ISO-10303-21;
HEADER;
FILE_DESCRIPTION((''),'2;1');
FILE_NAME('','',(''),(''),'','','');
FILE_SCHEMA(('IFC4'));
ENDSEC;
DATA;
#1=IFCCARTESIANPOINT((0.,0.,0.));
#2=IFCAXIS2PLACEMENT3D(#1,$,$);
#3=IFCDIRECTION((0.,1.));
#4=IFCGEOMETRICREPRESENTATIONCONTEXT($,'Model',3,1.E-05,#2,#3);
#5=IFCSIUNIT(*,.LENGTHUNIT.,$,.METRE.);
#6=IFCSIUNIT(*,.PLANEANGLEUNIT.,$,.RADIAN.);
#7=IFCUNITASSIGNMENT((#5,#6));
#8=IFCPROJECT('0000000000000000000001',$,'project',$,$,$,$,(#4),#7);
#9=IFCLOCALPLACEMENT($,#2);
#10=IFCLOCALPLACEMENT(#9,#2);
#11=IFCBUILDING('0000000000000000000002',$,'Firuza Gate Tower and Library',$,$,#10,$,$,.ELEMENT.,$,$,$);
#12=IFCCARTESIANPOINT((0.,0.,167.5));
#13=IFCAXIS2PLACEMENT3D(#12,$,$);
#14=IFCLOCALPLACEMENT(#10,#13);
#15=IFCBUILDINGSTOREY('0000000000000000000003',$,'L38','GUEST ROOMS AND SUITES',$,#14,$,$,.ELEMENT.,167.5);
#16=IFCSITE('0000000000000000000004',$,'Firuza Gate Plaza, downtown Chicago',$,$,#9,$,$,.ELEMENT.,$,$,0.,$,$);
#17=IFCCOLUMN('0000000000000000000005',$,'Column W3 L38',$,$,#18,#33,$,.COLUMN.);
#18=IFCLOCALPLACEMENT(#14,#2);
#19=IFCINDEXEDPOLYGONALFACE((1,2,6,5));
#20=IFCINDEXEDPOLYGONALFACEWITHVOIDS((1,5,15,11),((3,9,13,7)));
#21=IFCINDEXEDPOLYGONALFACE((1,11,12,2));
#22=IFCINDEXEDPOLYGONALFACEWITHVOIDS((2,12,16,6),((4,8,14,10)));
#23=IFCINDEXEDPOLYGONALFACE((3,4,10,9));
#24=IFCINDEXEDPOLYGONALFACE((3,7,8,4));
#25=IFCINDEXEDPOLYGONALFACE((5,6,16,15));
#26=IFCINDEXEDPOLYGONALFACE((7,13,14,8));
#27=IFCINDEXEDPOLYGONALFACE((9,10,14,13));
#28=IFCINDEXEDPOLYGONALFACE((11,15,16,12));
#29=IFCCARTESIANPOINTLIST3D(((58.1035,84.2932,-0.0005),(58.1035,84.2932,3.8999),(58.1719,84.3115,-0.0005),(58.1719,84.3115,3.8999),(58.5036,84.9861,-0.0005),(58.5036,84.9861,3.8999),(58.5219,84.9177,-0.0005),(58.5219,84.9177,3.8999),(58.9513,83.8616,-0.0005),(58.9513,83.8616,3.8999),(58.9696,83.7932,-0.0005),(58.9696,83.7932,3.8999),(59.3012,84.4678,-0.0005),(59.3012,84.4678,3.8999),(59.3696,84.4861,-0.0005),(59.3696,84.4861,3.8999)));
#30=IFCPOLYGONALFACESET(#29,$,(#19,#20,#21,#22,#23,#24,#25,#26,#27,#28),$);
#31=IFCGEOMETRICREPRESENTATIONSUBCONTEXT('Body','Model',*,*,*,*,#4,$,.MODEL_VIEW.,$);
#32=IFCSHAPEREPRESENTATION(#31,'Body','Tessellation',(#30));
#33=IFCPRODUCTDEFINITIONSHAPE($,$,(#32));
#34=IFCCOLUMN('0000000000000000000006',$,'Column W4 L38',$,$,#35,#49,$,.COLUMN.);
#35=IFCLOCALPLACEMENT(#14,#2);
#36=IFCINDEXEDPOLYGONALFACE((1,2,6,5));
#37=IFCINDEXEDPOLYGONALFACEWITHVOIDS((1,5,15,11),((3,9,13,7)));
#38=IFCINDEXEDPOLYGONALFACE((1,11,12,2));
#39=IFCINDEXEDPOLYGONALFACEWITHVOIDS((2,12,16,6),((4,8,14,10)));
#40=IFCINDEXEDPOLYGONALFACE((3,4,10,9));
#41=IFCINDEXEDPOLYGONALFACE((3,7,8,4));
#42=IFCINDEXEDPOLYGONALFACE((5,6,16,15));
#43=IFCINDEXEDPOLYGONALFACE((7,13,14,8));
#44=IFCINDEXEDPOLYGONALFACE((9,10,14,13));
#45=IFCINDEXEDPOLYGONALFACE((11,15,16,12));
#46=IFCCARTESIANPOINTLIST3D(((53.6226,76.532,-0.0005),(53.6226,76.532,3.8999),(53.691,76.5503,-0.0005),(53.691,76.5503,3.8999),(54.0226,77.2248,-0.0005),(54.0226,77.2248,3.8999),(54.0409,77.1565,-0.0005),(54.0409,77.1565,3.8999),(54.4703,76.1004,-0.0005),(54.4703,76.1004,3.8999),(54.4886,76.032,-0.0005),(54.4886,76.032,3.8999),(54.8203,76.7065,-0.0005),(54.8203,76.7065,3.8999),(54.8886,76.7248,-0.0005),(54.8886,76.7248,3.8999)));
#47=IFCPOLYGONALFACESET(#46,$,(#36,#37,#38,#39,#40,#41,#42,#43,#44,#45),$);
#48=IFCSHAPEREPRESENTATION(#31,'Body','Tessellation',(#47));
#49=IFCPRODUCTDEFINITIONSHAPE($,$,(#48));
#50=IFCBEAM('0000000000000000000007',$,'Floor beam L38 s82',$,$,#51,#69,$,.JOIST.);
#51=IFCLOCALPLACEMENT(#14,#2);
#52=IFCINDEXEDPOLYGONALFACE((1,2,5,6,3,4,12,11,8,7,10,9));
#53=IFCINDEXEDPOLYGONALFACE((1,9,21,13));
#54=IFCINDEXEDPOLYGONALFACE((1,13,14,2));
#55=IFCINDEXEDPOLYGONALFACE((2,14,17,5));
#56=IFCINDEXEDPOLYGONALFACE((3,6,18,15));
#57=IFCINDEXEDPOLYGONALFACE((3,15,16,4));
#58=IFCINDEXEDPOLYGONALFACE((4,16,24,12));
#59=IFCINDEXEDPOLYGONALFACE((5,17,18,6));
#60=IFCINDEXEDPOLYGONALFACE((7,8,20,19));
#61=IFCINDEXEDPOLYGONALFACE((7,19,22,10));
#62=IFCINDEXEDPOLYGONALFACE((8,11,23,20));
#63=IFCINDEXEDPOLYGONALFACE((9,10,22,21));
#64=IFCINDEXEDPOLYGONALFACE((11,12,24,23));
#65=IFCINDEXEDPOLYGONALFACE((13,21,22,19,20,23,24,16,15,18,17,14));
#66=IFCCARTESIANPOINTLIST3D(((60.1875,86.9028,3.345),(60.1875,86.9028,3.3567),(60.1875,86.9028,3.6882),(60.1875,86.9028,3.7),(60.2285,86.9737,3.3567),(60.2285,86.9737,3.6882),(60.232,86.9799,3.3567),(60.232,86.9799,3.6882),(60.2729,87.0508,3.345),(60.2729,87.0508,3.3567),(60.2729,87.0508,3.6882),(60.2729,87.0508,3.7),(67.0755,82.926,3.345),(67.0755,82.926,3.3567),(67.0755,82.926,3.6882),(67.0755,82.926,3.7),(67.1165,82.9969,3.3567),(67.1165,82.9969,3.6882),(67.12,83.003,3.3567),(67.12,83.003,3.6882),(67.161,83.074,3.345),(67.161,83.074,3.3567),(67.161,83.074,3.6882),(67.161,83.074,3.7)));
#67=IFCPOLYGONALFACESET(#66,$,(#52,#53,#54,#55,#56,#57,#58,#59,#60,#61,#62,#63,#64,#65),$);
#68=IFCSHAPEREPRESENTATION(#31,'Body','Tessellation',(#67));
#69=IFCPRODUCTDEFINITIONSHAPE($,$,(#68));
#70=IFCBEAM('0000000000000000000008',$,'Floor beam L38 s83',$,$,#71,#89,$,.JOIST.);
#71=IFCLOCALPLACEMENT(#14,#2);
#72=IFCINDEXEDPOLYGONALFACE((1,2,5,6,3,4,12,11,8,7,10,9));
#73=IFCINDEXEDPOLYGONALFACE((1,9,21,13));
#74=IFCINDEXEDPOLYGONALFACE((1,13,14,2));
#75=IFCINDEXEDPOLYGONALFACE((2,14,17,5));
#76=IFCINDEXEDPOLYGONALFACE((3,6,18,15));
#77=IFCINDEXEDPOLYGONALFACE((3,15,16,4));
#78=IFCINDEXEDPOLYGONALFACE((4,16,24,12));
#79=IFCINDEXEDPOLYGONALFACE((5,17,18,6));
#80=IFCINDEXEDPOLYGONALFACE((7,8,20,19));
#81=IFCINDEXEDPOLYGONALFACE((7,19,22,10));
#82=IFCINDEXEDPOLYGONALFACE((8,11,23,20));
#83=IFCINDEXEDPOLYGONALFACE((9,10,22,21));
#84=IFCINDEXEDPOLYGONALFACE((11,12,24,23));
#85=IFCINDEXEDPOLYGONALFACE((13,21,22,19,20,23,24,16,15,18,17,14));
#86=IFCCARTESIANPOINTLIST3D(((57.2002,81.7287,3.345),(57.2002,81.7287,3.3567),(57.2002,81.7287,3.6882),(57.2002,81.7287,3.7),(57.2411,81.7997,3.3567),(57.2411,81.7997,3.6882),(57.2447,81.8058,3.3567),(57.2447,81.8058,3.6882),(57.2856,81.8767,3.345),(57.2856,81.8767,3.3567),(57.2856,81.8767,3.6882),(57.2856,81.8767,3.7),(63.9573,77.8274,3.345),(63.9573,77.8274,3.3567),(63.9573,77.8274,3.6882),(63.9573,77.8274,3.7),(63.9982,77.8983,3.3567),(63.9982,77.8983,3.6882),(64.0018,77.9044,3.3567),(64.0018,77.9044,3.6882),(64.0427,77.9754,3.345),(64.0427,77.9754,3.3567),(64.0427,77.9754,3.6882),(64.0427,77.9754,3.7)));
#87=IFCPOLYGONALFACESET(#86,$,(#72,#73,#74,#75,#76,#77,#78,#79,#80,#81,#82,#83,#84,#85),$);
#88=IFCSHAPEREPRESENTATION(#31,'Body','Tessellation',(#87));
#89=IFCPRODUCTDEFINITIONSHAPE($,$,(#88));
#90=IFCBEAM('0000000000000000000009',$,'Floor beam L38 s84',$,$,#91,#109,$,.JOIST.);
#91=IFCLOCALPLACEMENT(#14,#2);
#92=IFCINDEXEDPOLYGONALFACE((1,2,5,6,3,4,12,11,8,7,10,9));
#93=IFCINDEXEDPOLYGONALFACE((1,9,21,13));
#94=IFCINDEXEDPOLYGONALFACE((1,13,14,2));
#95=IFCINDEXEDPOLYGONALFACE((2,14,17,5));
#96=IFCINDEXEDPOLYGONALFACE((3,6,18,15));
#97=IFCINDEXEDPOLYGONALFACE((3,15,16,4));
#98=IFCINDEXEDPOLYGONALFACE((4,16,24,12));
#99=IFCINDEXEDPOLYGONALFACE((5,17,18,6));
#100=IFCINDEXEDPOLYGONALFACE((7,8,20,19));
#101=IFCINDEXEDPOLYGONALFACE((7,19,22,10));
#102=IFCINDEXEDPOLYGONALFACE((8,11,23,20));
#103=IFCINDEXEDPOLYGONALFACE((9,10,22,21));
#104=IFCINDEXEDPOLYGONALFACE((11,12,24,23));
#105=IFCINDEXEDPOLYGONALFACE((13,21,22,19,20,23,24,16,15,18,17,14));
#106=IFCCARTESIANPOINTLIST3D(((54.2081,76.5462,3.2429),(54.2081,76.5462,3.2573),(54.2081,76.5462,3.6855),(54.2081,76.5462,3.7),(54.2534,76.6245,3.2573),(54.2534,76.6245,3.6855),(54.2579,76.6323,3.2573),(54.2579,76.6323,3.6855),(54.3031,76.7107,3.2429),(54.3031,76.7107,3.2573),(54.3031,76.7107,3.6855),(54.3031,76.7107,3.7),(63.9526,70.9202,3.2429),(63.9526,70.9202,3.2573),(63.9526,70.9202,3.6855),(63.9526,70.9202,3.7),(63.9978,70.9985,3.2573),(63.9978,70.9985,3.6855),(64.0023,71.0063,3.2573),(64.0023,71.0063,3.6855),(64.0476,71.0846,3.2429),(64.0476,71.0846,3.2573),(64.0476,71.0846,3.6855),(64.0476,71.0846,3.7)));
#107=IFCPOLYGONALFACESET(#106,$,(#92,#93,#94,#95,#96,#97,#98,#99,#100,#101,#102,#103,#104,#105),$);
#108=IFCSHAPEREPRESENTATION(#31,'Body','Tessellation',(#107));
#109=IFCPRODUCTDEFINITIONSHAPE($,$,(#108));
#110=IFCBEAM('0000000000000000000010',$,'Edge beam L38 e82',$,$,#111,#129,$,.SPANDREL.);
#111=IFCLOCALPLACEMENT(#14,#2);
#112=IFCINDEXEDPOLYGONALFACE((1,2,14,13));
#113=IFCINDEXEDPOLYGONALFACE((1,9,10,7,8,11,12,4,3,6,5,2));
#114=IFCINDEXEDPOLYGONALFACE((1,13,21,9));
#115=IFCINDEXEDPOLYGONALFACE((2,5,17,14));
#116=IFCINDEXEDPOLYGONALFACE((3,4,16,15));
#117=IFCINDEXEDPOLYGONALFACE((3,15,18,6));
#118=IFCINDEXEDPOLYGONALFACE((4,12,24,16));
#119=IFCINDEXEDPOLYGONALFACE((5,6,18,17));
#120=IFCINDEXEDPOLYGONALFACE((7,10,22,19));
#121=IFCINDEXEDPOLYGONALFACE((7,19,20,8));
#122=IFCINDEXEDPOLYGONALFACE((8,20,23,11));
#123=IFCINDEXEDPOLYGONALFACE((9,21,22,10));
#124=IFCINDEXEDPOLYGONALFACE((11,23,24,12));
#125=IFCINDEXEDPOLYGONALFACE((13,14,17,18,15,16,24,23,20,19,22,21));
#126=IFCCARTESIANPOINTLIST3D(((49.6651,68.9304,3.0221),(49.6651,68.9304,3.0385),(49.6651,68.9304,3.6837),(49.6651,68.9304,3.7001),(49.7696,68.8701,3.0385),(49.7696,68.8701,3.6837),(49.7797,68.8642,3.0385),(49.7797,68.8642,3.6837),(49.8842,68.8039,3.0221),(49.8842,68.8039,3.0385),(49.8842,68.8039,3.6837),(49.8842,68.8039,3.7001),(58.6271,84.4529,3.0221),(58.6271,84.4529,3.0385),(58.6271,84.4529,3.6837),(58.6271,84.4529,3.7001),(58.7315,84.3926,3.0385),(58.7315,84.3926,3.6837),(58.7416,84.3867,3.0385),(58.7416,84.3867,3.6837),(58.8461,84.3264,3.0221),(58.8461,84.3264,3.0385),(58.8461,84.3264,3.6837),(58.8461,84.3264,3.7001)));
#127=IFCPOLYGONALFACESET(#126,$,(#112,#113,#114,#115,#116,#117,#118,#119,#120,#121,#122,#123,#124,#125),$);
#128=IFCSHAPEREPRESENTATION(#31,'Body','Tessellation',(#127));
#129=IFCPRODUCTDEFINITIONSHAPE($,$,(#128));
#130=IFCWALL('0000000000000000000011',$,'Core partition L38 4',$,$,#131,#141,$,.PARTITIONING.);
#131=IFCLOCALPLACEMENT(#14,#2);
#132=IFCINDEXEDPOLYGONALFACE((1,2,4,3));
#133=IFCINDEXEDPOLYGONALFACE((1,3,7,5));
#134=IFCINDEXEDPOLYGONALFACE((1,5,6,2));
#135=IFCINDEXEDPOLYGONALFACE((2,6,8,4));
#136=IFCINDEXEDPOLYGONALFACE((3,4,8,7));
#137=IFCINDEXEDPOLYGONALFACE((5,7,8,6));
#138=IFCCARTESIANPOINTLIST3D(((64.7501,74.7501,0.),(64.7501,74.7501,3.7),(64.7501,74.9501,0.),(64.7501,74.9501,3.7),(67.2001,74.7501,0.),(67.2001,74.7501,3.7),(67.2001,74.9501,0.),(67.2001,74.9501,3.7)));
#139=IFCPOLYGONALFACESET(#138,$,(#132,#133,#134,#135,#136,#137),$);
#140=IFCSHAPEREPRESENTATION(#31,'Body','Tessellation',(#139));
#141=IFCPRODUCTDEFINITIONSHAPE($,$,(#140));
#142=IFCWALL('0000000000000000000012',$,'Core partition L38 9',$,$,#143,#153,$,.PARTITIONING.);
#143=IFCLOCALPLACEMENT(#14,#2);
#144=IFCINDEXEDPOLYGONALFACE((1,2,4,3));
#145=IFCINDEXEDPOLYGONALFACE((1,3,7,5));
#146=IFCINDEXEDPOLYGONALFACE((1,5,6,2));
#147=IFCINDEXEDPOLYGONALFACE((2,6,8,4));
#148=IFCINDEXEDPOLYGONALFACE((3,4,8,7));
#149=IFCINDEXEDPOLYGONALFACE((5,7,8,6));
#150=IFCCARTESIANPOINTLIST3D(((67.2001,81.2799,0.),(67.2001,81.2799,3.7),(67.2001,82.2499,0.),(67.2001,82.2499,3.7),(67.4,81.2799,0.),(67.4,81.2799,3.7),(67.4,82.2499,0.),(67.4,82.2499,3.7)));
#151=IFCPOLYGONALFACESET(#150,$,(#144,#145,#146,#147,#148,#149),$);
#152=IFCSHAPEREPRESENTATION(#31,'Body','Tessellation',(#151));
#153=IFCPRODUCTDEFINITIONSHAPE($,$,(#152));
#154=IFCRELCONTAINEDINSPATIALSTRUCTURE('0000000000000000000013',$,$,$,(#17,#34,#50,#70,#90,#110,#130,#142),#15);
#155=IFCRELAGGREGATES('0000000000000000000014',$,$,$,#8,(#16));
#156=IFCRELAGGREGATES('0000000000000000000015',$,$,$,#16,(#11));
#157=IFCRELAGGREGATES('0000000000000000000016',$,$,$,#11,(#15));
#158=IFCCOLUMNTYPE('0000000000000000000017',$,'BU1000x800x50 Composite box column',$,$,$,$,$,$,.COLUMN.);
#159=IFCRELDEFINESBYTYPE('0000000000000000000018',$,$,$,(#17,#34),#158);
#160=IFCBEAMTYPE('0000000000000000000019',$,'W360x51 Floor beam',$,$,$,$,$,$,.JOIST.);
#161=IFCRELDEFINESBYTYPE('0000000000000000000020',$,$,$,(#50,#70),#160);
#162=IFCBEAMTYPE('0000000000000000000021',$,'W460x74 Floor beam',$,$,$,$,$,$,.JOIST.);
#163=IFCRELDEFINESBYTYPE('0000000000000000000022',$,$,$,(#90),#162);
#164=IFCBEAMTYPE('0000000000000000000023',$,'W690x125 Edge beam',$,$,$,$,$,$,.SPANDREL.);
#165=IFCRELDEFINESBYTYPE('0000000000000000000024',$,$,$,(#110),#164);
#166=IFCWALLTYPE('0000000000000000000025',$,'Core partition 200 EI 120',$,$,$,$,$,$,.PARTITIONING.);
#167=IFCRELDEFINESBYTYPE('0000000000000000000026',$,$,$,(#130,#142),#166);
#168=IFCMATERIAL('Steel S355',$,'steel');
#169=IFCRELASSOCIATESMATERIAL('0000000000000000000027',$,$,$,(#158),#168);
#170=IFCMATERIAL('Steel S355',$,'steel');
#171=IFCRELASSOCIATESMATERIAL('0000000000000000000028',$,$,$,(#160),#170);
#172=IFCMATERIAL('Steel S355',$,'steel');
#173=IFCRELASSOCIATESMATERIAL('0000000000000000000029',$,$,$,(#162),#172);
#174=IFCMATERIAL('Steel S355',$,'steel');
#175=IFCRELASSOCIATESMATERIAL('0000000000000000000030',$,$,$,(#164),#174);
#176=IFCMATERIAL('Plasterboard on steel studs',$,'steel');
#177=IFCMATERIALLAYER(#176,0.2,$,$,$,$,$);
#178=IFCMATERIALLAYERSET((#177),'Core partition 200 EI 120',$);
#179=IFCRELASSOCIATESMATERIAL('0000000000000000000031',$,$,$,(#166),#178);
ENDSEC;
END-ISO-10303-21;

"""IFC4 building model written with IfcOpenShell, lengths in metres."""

from ifc_helpers import new_model, si_unit, direction, frame, frame_2d, origin, origin_2d, place, context, subcontext, project, spatial, rectangle, hollow_rectangle, i_section, extrude, material, layer, layer_set, material_profile, profile_set, type_object, element, save


model = new_model("IFC4")

# Units and contexts
model_context = context("Model", 3, precision=1e-05, world=origin(), true_north=direction((0.0, 1.0)))
body_context = subcontext(model_context, "Body", "Model", "MODEL_VIEW")
ifc_project = project(units=[si_unit("LENGTHUNIT", "METRE"), si_unit("PLANEANGLEUNIT", "RADIAN")], contexts=[model_context])

# Site, building, storey
site_placement = place(None, origin())
site = spatial("IfcSite", under=ifc_project, at=site_placement, Name="Firuza Gate Plaza, downtown Chicago", CompositionType="ELEMENT", RefElevation=0.0)
building_placement = place(site_placement, origin())
building = spatial("IfcBuilding", under=site, at=building_placement, Name="Firuza Gate Tower and Library", CompositionType="ELEMENT")
storey_placement = place(building_placement, frame((0.0, 0.0, 167.5)))
storey = spatial("IfcBuildingStorey", under=building, at=storey_placement, Name="L38", Description="GUEST ROOMS AND SUITES", CompositionType="ELEMENT", Elevation=167.5)

# Columns
ifc_material_1 = material(Name="Steel S355", Category="steel")
ifc_material_profile_1 = material_profile(ifc_material_1, hollow_rectangle(XDim=0.8, YDim=1.0, WallThickness=0.05, at=origin_2d()))
ifc_profile_set_1 = profile_set([ifc_material_profile_1], Name="Steel S355")
column_type = type_object("IfcColumnType", Name="BU1000x800x50 Composite box column", PredefinedType="COLUMN", material=ifc_profile_set_1)
for number, where, z_axis, x_axis, name in (
    (1, (58.7366, 84.3896, -0.0005), (0.0, 0.0, 1.0), (-0.5, -0.866025, 0.0), "Column W3 L38"),
    (2, (54.2556, 76.6284, -0.0005), (0.0, 0.0, 1.0), (-0.5, -0.866025, 0.0), "Column W4 L38"),
):
    element("IfcColumn", number, at=place(storey_placement, frame(where, z_axis=z_axis, x_axis=x_axis)), inside=storey, type_object=column_type, Name=name, PredefinedType="COLUMN", context=body_context, shape_type="SweptSolid", body=[
        extrude(hollow_rectangle(XDim=0.8, YDim=1.0, WallThickness=0.05, at=origin_2d()), origin(), (0.0, 0.0, 1.0), 3.9004),
    ])

# Beams
ifc_material_2 = material(Name="Steel S355", Category="steel")
ifc_material_profile_2 = material_profile(ifc_material_2, i_section(OverallWidth=0.1709, OverallDepth=0.355, WebThickness=0.0071, FlangeThickness=0.0117, at=origin_2d()))
ifc_profile_set_2 = profile_set([ifc_material_profile_2], Name="Steel S355")
beam_type_1 = type_object("IfcBeamType", Name="W360x51 Floor beam", PredefinedType="JOIST", material=ifc_profile_set_2)
beam_1_placement = place(storey_placement, frame((60.2302, 86.9768, 3.5225), z_axis=(0.866023, -0.500005, 0.0), x_axis=(0.500005, 0.866023, 0.0)))
element("IfcBeam", 3, at=beam_1_placement, inside=storey, type_object=beam_type_1, Name="Floor beam L38 s82", PredefinedType="JOIST", context=body_context, shape_type="SweptSolid", body=[
    extrude(i_section(OverallWidth=0.1709, OverallDepth=0.355, WebThickness=0.0071, FlangeThickness=0.0117, at=origin_2d()), origin(), (0.0, 0.0, 1.0), 7.9536),
])
beam_2_placement = place(storey_placement, frame((57.2429, 81.8027, 3.5225), z_axis=(0.866016, -0.500016, 0.0), x_axis=(0.500016, 0.866016, 0.0)))
element("IfcBeam", 4, at=beam_2_placement, inside=storey, type_object=beam_type_1, Name="Floor beam L38 s83", PredefinedType="JOIST", context=body_context, shape_type="SweptSolid", body=[
    extrude(i_section(OverallWidth=0.1709, OverallDepth=0.355, WebThickness=0.0071, FlangeThickness=0.0117, at=origin_2d()), origin(), (0.0, 0.0, 1.0), 7.8025),
])
ifc_material_3 = material(Name="Steel S355", Category="steel")
ifc_material_profile_3 = material_profile(ifc_material_3, i_section(OverallWidth=0.1899, OverallDepth=0.457, WebThickness=0.009, FlangeThickness=0.0144, at=origin_2d()))
ifc_profile_set_3 = profile_set([ifc_material_profile_3], Name="Steel S355")
beam_type_2 = type_object("IfcBeamType", Name="W460x74 Floor beam", PredefinedType="JOIST", material=ifc_profile_set_3)
beam_3_placement = place(storey_placement, frame((54.2556, 76.6284, 3.4714), z_axis=(0.866023, -0.500004, 0.0), x_axis=(0.500004, 0.866023, 0.0)))
element("IfcBeam", 5, at=beam_3_placement, inside=storey, type_object=beam_type_2, Name="Floor beam L38 s84", PredefinedType="JOIST", context=body_context, shape_type="SweptSolid", body=[
    extrude(i_section(OverallWidth=0.1899, OverallDepth=0.457, WebThickness=0.009, FlangeThickness=0.0144, at=origin_2d()), origin(), (0.0, 0.0, 1.0), 11.252),
])
ifc_material_4 = material(Name="Steel S355", Category="steel")
ifc_material_profile_4 = material_profile(ifc_material_4, i_section(OverallWidth=0.2529, OverallDepth=0.678, WebThickness=0.0117, FlangeThickness=0.0164, at=origin_2d()))
ifc_profile_set_4 = profile_set([ifc_material_profile_4], Name="Steel S355")
beam_type_3 = type_object("IfcBeamType", Name="W690x125 Edge beam", PredefinedType="SPANDREL", material=ifc_profile_set_4)
beam_4_placement = place(storey_placement, frame((58.7366, 84.3896, 3.3611), z_axis=(-0.500001, -0.866025, 0.0), x_axis=(0.866025, -0.500001, 0.0)))
element("IfcBeam", 6, at=beam_4_placement, inside=storey, type_object=beam_type_3, Name="Edge beam L38 e82", PredefinedType="SPANDREL", context=body_context, shape_type="SweptSolid", body=[
    extrude(i_section(OverallWidth=0.2529, OverallDepth=0.678, WebThickness=0.0117, FlangeThickness=0.0164, at=origin_2d()), origin(), (0.0, 0.0, 1.0), 17.9238),
])

# Walls
ifc_material_5 = material(Name="Plasterboard on steel studs", Category="steel")
ifc_layer_1 = layer(ifc_material_5, 0.2)
ifc_layer_set_1 = layer_set([ifc_layer_1], Name="Core partition 200 EI 120")
wall_type_1 = type_object("IfcWallType", Name="Core partition 200 EI 120", PredefinedType="PARTITIONING", material=ifc_layer_set_1)
wall_1_placement = place(storey_placement, frame((64.75, 74.8501, 0.0), z_axis=(0.0, 0.0, 1.0), x_axis=(1.0, 0.0, 0.0)))
element("IfcWall", 7, at=wall_1_placement, inside=storey, type_object=wall_type_1, Name="Core partition L38 4", PredefinedType="PARTITIONING", context=body_context, shape_type="SweptSolid", body=[
    extrude(rectangle(XDim=2.45, YDim=0.2, at=frame_2d((1.2251, 0.0))), origin(), (0.0, 0.0, 1.0), 3.7),
])
wall_2_placement = place(storey_placement, frame((67.3, 81.28, 0.0), z_axis=(0.0, 0.0, 1.0), x_axis=(0.0, 1.0, 0.0)))
element("IfcWall", 8, at=wall_2_placement, inside=storey, type_object=wall_type_1, Name="Core partition L38 9", PredefinedType="PARTITIONING", context=body_context, shape_type="SweptSolid", body=[
    extrude(rectangle(XDim=0.97, YDim=0.2, at=frame_2d((0.4849, 0.0))), origin(), (0.0, 0.0, 1.0), 3.7),
])

save(model, "model.ifc")
